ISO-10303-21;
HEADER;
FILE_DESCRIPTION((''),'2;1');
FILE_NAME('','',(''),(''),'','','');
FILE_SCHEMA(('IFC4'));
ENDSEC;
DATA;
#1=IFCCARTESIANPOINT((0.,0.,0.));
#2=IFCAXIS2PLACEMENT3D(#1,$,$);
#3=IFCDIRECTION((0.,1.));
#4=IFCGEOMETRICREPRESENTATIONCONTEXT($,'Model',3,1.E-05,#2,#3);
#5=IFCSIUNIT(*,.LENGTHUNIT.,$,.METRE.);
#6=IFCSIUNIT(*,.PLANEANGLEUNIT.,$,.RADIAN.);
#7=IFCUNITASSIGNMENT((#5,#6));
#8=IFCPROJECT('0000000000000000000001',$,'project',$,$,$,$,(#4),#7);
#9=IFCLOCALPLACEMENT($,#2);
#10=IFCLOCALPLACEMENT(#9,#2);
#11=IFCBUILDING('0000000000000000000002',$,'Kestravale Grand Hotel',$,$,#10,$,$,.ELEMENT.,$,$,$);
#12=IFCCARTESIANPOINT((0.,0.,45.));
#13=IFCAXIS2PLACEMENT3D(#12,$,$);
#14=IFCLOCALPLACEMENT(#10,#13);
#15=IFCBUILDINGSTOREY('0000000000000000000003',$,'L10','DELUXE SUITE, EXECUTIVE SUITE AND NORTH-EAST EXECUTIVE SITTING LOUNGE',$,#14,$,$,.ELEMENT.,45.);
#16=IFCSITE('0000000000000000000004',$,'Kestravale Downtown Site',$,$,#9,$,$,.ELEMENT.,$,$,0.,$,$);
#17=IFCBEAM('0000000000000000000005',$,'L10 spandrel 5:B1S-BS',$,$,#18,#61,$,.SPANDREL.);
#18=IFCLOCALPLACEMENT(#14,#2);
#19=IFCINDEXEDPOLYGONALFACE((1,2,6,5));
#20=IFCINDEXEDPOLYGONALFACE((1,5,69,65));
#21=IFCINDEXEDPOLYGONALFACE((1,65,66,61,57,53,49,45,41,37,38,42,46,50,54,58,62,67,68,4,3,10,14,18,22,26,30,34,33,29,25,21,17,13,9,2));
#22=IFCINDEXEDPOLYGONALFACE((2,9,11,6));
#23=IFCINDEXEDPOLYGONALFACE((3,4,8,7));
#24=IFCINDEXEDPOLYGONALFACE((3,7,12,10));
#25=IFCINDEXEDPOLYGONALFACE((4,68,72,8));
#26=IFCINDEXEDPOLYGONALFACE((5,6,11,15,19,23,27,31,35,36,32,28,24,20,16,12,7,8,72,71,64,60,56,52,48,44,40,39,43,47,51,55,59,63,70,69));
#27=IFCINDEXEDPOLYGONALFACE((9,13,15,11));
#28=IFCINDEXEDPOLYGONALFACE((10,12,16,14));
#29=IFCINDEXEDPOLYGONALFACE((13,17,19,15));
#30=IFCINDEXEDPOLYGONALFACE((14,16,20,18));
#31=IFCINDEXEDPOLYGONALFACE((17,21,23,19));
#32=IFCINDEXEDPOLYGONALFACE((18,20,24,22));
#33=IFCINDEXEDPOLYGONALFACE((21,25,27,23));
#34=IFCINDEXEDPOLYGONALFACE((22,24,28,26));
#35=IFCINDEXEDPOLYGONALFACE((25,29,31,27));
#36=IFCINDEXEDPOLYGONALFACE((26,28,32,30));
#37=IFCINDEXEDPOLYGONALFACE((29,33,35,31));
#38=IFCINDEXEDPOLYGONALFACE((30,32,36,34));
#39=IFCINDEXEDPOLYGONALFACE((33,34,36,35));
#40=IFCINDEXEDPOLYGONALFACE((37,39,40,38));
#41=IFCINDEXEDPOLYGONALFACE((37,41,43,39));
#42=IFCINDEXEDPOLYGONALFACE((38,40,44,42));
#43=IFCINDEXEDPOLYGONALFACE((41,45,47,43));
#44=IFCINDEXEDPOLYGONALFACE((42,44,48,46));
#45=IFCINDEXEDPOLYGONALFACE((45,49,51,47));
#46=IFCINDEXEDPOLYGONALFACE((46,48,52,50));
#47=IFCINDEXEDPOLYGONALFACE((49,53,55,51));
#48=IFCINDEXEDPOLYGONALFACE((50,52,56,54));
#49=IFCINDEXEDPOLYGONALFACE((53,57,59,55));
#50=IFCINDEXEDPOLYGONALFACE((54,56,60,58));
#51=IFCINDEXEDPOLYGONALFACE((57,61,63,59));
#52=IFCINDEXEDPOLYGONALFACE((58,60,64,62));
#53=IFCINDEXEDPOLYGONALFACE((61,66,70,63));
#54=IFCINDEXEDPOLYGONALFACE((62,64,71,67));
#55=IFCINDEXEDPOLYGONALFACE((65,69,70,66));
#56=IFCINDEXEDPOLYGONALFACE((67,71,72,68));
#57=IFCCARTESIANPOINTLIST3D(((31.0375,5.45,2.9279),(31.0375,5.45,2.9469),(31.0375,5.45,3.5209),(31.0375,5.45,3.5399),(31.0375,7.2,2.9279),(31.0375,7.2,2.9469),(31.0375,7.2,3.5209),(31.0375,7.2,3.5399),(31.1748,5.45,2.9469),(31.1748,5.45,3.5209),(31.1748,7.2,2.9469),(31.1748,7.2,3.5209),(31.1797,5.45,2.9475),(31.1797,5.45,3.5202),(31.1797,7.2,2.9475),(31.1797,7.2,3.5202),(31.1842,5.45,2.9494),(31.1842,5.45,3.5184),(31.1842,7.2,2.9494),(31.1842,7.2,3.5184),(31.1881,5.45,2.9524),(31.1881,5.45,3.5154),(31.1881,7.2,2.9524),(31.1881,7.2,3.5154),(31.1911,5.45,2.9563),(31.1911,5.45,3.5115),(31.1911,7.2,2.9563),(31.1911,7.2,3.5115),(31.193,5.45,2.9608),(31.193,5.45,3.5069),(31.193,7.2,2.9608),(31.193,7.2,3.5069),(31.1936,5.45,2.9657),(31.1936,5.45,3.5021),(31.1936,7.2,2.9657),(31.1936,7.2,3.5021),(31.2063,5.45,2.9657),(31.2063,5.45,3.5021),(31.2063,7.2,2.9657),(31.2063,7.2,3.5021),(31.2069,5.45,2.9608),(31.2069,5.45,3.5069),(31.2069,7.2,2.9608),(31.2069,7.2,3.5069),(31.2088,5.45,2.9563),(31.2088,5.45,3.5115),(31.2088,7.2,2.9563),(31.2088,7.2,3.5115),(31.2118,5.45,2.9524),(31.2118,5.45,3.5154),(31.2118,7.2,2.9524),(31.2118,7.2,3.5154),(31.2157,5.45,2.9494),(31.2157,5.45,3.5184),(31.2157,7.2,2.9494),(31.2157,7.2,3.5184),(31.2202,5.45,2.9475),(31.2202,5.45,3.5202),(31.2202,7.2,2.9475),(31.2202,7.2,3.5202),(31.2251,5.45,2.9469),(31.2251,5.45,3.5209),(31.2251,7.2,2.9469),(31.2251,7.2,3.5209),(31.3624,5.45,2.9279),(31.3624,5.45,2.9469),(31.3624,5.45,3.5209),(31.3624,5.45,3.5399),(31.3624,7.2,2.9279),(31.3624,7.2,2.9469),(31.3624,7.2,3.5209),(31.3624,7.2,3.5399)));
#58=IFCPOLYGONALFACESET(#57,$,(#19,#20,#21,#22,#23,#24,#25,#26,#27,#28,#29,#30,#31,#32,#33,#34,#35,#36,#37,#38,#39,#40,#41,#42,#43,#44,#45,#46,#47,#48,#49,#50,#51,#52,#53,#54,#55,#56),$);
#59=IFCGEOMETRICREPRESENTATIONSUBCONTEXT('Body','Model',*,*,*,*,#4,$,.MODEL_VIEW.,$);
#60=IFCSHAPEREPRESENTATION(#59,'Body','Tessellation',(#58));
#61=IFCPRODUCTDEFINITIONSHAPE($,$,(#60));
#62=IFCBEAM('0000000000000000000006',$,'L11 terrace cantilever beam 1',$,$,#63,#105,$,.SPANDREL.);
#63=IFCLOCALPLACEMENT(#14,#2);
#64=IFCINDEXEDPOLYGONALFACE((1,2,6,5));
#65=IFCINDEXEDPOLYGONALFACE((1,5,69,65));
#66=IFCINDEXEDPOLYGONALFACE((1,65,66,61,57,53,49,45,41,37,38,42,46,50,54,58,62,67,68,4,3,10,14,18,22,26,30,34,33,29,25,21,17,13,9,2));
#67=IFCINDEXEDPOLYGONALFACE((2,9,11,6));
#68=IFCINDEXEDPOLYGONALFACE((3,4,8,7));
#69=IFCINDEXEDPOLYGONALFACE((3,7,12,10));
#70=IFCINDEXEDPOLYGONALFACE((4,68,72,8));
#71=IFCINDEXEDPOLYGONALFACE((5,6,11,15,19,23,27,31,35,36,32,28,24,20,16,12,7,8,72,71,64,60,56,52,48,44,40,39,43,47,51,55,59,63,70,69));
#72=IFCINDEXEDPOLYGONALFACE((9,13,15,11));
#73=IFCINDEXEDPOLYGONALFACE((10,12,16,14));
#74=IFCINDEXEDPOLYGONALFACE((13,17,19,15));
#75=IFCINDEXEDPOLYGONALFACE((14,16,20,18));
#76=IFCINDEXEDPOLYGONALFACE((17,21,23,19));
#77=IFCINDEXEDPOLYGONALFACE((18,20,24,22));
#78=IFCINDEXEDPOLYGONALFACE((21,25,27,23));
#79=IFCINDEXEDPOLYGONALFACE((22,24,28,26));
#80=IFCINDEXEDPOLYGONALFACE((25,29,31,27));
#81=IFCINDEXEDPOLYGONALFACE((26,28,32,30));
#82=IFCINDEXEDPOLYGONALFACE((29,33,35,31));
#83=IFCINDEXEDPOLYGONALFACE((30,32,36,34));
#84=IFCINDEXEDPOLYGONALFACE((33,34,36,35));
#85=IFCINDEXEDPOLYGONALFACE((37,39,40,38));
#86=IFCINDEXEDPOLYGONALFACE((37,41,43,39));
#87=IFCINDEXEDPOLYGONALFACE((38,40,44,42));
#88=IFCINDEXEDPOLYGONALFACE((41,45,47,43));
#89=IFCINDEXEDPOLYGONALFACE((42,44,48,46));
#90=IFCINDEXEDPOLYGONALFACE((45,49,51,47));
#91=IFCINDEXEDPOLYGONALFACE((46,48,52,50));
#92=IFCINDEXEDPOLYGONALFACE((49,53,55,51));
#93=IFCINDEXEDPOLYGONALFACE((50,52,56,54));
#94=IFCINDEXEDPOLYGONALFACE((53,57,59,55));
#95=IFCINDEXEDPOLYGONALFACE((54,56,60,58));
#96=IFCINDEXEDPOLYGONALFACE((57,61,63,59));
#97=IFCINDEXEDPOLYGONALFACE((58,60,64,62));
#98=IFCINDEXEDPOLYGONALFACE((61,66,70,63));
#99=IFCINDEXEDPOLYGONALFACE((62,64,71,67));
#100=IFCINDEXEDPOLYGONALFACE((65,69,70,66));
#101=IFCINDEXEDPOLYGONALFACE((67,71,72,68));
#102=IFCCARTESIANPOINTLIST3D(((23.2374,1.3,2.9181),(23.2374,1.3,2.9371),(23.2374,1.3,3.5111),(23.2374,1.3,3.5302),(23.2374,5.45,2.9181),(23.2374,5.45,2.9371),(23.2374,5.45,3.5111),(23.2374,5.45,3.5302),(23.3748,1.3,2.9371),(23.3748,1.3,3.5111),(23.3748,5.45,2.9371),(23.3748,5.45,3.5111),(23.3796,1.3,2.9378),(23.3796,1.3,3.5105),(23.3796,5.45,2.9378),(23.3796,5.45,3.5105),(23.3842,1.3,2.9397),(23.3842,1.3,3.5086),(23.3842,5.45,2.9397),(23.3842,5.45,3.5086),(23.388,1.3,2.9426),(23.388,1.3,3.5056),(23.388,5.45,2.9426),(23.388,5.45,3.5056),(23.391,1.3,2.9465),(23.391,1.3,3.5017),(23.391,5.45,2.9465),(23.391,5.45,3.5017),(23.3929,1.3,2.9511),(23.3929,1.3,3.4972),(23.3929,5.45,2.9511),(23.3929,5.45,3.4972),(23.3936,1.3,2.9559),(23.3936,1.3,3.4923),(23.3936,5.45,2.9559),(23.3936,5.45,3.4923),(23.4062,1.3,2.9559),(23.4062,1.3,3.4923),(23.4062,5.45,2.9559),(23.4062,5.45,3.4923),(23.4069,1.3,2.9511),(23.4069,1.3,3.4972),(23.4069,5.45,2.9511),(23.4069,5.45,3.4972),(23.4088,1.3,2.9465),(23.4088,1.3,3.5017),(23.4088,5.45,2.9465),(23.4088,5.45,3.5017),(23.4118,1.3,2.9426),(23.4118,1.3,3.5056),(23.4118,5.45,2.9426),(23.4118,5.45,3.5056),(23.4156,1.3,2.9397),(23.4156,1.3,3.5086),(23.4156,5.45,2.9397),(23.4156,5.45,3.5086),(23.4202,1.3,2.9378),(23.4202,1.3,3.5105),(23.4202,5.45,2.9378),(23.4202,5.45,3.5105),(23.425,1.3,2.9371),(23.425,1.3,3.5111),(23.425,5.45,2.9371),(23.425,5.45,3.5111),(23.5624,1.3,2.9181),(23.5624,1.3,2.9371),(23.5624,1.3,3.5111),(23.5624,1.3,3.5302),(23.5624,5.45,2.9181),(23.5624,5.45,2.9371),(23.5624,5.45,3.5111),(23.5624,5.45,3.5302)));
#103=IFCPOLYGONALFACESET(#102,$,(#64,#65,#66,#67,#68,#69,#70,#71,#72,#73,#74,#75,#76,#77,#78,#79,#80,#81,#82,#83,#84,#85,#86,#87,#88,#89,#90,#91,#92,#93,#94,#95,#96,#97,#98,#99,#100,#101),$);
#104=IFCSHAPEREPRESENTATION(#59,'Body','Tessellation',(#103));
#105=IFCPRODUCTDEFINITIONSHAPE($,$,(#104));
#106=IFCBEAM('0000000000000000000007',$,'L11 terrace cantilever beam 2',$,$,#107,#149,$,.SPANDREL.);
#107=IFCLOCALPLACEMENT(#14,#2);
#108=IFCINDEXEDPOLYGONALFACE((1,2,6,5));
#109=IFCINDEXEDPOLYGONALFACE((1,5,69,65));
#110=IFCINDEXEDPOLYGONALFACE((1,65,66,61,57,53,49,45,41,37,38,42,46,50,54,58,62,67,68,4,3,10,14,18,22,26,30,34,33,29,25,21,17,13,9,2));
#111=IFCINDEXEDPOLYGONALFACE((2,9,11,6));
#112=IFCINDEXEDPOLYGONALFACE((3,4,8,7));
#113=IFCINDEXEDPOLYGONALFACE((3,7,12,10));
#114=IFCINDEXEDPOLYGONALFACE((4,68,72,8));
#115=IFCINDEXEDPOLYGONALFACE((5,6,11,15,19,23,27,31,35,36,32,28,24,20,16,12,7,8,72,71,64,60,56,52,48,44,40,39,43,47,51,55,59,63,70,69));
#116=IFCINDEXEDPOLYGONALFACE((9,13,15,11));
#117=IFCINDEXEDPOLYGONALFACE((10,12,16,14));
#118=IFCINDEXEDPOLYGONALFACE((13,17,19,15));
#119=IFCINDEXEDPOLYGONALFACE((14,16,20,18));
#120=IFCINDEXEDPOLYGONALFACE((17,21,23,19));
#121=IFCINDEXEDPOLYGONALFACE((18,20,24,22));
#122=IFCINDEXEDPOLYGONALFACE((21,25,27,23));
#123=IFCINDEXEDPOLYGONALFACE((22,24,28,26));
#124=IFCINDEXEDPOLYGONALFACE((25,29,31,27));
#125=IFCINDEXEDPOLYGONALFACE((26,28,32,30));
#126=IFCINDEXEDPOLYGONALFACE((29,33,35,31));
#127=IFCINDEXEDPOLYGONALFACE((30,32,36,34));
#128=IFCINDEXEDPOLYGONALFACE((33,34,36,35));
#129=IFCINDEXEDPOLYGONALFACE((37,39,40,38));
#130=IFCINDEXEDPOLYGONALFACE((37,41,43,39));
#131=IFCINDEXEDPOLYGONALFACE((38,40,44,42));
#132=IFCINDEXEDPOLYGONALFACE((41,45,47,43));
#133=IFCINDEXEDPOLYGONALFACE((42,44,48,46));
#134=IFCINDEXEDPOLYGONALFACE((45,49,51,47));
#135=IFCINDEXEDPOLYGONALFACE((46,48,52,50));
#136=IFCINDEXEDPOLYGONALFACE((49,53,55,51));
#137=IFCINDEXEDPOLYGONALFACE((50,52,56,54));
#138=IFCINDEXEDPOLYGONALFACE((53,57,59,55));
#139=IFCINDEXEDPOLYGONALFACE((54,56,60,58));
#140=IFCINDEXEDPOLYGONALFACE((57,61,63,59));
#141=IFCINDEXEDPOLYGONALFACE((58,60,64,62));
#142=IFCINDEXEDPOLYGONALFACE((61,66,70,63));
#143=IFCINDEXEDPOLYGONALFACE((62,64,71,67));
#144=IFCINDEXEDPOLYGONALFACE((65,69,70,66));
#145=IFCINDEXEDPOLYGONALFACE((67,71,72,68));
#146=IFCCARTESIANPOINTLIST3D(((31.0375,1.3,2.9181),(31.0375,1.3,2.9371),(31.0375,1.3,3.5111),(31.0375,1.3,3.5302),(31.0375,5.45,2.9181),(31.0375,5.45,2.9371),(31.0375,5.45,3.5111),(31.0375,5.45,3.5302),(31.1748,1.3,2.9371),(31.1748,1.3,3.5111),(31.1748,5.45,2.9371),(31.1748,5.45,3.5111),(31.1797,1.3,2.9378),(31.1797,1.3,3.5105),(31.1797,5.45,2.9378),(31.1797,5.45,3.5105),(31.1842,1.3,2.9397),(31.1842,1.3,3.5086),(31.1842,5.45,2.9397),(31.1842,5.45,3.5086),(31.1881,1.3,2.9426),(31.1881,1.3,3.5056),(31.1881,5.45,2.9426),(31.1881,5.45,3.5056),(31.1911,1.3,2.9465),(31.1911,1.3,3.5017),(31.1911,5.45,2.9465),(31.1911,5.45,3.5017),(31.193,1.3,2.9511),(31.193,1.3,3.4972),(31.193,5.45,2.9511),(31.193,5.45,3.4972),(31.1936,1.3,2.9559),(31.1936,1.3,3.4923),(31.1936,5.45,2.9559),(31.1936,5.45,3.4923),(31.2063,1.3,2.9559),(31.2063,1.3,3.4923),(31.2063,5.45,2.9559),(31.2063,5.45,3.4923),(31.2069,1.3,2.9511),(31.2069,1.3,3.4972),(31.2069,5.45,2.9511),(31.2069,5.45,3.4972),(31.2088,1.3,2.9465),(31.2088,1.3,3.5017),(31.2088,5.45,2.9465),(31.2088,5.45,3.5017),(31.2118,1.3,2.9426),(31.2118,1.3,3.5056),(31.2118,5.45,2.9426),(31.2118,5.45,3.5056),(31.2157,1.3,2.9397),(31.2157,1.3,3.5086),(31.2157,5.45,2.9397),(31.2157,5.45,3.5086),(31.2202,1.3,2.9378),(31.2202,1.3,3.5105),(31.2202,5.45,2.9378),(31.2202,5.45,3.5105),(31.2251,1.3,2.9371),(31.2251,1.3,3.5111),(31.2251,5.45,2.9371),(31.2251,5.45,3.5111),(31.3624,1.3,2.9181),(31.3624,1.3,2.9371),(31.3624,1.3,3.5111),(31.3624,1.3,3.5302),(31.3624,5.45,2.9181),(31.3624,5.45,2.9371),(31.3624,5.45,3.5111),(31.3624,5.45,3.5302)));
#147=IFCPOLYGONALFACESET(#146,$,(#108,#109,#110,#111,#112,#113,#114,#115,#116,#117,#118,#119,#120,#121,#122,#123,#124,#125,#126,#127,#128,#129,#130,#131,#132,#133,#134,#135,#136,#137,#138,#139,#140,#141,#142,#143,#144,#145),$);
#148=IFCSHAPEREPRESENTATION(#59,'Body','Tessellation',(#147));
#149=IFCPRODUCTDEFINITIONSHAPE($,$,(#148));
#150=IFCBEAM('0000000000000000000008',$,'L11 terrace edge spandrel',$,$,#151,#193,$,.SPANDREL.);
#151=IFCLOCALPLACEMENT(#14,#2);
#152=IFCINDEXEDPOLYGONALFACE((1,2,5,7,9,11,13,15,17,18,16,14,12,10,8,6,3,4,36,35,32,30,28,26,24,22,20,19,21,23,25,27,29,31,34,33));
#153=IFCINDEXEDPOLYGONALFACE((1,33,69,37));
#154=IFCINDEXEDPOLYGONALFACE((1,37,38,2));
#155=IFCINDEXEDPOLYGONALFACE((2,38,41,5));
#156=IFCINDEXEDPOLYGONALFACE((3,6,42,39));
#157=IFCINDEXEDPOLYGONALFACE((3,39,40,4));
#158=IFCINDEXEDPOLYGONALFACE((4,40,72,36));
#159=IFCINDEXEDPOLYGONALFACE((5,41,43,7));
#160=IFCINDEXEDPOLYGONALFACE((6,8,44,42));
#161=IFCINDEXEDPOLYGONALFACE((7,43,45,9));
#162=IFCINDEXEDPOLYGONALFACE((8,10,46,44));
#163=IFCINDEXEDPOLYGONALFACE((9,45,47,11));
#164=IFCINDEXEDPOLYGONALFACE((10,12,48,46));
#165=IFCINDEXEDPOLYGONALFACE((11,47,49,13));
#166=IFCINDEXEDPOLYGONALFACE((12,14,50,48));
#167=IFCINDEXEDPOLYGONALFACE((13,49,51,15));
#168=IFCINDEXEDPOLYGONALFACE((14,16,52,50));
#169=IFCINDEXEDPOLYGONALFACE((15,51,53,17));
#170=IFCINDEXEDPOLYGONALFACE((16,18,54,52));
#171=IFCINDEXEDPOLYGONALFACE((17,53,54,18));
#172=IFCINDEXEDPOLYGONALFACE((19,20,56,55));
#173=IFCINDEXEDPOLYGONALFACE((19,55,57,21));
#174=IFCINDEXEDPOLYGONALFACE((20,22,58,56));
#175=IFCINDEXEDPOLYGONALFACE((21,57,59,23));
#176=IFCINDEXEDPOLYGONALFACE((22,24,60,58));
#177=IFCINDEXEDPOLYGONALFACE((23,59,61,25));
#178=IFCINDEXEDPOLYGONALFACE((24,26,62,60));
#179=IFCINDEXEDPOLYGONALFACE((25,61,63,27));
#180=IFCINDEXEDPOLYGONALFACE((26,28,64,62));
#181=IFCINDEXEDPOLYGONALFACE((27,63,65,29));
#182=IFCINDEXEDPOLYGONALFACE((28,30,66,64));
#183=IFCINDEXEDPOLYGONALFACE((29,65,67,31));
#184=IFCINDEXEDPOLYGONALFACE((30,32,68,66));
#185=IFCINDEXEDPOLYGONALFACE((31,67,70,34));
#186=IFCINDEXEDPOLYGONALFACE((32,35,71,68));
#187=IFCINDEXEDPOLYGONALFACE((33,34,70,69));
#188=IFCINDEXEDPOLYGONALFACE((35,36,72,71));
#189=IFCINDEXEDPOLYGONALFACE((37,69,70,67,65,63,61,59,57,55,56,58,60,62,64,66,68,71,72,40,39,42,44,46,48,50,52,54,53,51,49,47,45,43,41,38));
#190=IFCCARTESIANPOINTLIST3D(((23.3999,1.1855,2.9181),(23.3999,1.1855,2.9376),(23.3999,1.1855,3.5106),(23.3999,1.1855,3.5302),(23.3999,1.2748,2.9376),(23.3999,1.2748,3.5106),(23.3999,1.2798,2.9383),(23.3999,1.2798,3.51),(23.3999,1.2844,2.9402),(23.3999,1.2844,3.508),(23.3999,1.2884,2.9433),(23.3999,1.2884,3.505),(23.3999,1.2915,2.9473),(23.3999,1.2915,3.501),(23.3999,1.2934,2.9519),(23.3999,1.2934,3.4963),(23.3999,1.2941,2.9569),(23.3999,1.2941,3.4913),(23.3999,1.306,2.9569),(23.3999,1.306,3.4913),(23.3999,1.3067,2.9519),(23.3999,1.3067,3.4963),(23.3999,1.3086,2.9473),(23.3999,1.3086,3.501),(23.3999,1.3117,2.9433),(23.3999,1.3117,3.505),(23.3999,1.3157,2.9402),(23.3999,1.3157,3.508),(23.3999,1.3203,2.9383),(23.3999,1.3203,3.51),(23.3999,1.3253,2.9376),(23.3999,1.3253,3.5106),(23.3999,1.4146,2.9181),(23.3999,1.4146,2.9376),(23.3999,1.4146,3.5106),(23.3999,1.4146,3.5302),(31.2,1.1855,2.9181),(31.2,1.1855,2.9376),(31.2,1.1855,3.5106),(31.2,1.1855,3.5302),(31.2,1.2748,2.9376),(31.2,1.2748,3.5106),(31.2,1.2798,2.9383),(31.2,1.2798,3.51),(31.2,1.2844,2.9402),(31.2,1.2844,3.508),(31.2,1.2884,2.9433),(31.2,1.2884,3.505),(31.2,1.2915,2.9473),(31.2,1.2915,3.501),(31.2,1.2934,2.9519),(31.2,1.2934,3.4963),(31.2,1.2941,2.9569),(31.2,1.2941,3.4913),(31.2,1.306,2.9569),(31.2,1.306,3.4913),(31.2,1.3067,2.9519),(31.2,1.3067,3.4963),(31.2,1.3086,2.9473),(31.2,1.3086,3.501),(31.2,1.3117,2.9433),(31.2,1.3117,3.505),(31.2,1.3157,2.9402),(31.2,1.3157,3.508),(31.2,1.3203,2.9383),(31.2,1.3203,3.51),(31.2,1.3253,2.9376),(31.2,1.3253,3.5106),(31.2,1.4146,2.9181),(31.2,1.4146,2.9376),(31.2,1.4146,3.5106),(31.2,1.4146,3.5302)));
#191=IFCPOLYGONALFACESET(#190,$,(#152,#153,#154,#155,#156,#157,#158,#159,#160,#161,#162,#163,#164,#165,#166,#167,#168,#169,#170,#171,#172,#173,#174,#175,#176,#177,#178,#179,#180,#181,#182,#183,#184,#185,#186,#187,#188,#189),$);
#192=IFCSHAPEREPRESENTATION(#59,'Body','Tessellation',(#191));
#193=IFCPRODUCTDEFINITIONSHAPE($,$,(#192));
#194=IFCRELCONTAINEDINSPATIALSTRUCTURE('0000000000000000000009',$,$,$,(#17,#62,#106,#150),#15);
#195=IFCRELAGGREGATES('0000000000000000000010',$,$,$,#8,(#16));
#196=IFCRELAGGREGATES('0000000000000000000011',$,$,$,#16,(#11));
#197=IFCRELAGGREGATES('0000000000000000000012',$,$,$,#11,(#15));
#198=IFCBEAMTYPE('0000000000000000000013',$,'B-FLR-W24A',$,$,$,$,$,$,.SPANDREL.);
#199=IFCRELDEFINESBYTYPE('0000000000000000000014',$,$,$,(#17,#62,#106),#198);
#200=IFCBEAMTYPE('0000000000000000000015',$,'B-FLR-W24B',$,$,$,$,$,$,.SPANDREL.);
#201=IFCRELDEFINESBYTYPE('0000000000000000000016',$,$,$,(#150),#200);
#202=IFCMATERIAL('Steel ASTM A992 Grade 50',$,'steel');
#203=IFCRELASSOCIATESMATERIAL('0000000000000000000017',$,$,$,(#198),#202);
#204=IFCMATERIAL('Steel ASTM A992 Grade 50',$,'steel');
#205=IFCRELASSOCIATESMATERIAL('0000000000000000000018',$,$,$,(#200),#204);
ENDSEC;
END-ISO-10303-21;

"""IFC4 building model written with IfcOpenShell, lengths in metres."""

from ifc_helpers import new_model, si_unit, direction, frame, origin, origin_2d, place, context, subcontext, project, spatial, i_section, extrude, material, material_profile, profile_set, type_object, element, save


model = new_model("IFC4")

# Units and contexts
model_context = context("Model", 3, precision=1e-05, world=origin(), true_north=direction((0.0, 1.0)))
body_context = subcontext(model_context, "Body", "Model", "MODEL_VIEW")
ifc_project = project(units=[si_unit("LENGTHUNIT", "METRE"), si_unit("PLANEANGLEUNIT", "RADIAN")], contexts=[model_context])

# Site, building, storey
site_placement = place(None, origin())
site = spatial("IfcSite", under=ifc_project, at=site_placement, Name="Kestravale Downtown Site", CompositionType="ELEMENT", RefElevation=0.0)
building_placement = place(site_placement, origin())
building = spatial("IfcBuilding", under=site, at=building_placement, Name="Kestravale Grand Hotel", CompositionType="ELEMENT")
storey_placement = place(building_placement, frame((0.0, 0.0, 45.0)))
storey = spatial("IfcBuildingStorey", under=building, at=storey_placement, Name="L10", Description="DELUXE SUITE, EXECUTIVE SUITE AND NORTH-EAST EXECUTIVE SITTING LOUNGE", CompositionType="ELEMENT", Elevation=45.0)

# Beams
ifc_material_1 = material(Name="Steel ASTM A992 Grade 50", Category="steel")
ifc_material_profile_1 = material_profile(ifc_material_1, i_section(OverallWidth=0.325, OverallDepth=0.6121, WebThickness=0.0127, FlangeThickness=0.019, FilletRadius=0.0188, at=origin_2d()))
ifc_profile_set_1 = profile_set([ifc_material_profile_1], Name="Steel ASTM A992 Grade 50")
beam_type_1 = type_object("IfcBeamType", Name="B-FLR-W24A", PredefinedType="SPANDREL", material=ifc_profile_set_1)
for number, where, z_axis, x_axis, name in (
    (1, (31.2, 5.45, 3.2339), (0.0, 1.0, 0.0), (-1.0, 0.0, 0.0), "L10 spandrel 5:B1S-BS"),
):
    element("IfcBeam", number, at=place(storey_placement, frame(where, z_axis=z_axis, x_axis=x_axis)), inside=storey, type_object=beam_type_1, Name=name, PredefinedType="SPANDREL", context=body_context, shape_type="SweptSolid", body=[
        extrude(i_section(OverallWidth=0.325, OverallDepth=0.6121, WebThickness=0.0127, FlangeThickness=0.019, FilletRadius=0.0188, at=origin_2d()), origin(), (0.0, 0.0, 1.0), 1.75),
    ])
for number, where, z_axis, x_axis, name in (
    (2, (23.3999, 5.45, 3.2241), (0.0, -1.0, 0.0), (1.0, 0.0, 0.0), "L11 terrace cantilever beam 1"),
    (3, (31.2, 5.45, 3.2241), (0.0, -1.0, 0.0), (1.0, 0.0, 0.0), "L11 terrace cantilever beam 2"),
):
    element("IfcBeam", number, at=place(storey_placement, frame(where, z_axis=z_axis, x_axis=x_axis)), inside=storey, type_object=beam_type_1, Name=name, PredefinedType="SPANDREL", context=body_context, shape_type="SweptSolid", body=[
        extrude(i_section(OverallWidth=0.325, OverallDepth=0.6121, WebThickness=0.0127, FlangeThickness=0.019, FilletRadius=0.0188, at=origin_2d()), origin(), (0.0, 0.0, 1.0), 4.1499),
    ])
ifc_material_2 = material(Name="Steel ASTM A992 Grade 50", Category="steel")
ifc_material_profile_2 = material_profile(ifc_material_2, i_section(OverallWidth=0.229, OverallDepth=0.6121, WebThickness=0.012, FlangeThickness=0.0195, FilletRadius=0.0193, at=origin_2d()))
ifc_profile_set_2 = profile_set([ifc_material_profile_2], Name="Steel ASTM A992 Grade 50")
beam_type_2 = type_object("IfcBeamType", Name="B-FLR-W24B", PredefinedType="SPANDREL", material=ifc_profile_set_2)
beam_1_placement = place(storey_placement, frame((23.3999, 1.3, 3.2241), z_axis=(1.0, 0.0, 0.0), x_axis=(0.0, 1.0, 0.0)))
element("IfcBeam", 4, at=beam_1_placement, inside=storey, type_object=beam_type_2, Name="L11 terrace edge spandrel", PredefinedType="SPANDREL", context=body_context, shape_type="SweptSolid", body=[
    extrude(i_section(OverallWidth=0.229, OverallDepth=0.6121, WebThickness=0.012, FlangeThickness=0.0195, FilletRadius=0.0193, at=origin_2d()), origin(), (0.0, 0.0, 1.0), 7.8),
])

save(model, "model.ifc")
